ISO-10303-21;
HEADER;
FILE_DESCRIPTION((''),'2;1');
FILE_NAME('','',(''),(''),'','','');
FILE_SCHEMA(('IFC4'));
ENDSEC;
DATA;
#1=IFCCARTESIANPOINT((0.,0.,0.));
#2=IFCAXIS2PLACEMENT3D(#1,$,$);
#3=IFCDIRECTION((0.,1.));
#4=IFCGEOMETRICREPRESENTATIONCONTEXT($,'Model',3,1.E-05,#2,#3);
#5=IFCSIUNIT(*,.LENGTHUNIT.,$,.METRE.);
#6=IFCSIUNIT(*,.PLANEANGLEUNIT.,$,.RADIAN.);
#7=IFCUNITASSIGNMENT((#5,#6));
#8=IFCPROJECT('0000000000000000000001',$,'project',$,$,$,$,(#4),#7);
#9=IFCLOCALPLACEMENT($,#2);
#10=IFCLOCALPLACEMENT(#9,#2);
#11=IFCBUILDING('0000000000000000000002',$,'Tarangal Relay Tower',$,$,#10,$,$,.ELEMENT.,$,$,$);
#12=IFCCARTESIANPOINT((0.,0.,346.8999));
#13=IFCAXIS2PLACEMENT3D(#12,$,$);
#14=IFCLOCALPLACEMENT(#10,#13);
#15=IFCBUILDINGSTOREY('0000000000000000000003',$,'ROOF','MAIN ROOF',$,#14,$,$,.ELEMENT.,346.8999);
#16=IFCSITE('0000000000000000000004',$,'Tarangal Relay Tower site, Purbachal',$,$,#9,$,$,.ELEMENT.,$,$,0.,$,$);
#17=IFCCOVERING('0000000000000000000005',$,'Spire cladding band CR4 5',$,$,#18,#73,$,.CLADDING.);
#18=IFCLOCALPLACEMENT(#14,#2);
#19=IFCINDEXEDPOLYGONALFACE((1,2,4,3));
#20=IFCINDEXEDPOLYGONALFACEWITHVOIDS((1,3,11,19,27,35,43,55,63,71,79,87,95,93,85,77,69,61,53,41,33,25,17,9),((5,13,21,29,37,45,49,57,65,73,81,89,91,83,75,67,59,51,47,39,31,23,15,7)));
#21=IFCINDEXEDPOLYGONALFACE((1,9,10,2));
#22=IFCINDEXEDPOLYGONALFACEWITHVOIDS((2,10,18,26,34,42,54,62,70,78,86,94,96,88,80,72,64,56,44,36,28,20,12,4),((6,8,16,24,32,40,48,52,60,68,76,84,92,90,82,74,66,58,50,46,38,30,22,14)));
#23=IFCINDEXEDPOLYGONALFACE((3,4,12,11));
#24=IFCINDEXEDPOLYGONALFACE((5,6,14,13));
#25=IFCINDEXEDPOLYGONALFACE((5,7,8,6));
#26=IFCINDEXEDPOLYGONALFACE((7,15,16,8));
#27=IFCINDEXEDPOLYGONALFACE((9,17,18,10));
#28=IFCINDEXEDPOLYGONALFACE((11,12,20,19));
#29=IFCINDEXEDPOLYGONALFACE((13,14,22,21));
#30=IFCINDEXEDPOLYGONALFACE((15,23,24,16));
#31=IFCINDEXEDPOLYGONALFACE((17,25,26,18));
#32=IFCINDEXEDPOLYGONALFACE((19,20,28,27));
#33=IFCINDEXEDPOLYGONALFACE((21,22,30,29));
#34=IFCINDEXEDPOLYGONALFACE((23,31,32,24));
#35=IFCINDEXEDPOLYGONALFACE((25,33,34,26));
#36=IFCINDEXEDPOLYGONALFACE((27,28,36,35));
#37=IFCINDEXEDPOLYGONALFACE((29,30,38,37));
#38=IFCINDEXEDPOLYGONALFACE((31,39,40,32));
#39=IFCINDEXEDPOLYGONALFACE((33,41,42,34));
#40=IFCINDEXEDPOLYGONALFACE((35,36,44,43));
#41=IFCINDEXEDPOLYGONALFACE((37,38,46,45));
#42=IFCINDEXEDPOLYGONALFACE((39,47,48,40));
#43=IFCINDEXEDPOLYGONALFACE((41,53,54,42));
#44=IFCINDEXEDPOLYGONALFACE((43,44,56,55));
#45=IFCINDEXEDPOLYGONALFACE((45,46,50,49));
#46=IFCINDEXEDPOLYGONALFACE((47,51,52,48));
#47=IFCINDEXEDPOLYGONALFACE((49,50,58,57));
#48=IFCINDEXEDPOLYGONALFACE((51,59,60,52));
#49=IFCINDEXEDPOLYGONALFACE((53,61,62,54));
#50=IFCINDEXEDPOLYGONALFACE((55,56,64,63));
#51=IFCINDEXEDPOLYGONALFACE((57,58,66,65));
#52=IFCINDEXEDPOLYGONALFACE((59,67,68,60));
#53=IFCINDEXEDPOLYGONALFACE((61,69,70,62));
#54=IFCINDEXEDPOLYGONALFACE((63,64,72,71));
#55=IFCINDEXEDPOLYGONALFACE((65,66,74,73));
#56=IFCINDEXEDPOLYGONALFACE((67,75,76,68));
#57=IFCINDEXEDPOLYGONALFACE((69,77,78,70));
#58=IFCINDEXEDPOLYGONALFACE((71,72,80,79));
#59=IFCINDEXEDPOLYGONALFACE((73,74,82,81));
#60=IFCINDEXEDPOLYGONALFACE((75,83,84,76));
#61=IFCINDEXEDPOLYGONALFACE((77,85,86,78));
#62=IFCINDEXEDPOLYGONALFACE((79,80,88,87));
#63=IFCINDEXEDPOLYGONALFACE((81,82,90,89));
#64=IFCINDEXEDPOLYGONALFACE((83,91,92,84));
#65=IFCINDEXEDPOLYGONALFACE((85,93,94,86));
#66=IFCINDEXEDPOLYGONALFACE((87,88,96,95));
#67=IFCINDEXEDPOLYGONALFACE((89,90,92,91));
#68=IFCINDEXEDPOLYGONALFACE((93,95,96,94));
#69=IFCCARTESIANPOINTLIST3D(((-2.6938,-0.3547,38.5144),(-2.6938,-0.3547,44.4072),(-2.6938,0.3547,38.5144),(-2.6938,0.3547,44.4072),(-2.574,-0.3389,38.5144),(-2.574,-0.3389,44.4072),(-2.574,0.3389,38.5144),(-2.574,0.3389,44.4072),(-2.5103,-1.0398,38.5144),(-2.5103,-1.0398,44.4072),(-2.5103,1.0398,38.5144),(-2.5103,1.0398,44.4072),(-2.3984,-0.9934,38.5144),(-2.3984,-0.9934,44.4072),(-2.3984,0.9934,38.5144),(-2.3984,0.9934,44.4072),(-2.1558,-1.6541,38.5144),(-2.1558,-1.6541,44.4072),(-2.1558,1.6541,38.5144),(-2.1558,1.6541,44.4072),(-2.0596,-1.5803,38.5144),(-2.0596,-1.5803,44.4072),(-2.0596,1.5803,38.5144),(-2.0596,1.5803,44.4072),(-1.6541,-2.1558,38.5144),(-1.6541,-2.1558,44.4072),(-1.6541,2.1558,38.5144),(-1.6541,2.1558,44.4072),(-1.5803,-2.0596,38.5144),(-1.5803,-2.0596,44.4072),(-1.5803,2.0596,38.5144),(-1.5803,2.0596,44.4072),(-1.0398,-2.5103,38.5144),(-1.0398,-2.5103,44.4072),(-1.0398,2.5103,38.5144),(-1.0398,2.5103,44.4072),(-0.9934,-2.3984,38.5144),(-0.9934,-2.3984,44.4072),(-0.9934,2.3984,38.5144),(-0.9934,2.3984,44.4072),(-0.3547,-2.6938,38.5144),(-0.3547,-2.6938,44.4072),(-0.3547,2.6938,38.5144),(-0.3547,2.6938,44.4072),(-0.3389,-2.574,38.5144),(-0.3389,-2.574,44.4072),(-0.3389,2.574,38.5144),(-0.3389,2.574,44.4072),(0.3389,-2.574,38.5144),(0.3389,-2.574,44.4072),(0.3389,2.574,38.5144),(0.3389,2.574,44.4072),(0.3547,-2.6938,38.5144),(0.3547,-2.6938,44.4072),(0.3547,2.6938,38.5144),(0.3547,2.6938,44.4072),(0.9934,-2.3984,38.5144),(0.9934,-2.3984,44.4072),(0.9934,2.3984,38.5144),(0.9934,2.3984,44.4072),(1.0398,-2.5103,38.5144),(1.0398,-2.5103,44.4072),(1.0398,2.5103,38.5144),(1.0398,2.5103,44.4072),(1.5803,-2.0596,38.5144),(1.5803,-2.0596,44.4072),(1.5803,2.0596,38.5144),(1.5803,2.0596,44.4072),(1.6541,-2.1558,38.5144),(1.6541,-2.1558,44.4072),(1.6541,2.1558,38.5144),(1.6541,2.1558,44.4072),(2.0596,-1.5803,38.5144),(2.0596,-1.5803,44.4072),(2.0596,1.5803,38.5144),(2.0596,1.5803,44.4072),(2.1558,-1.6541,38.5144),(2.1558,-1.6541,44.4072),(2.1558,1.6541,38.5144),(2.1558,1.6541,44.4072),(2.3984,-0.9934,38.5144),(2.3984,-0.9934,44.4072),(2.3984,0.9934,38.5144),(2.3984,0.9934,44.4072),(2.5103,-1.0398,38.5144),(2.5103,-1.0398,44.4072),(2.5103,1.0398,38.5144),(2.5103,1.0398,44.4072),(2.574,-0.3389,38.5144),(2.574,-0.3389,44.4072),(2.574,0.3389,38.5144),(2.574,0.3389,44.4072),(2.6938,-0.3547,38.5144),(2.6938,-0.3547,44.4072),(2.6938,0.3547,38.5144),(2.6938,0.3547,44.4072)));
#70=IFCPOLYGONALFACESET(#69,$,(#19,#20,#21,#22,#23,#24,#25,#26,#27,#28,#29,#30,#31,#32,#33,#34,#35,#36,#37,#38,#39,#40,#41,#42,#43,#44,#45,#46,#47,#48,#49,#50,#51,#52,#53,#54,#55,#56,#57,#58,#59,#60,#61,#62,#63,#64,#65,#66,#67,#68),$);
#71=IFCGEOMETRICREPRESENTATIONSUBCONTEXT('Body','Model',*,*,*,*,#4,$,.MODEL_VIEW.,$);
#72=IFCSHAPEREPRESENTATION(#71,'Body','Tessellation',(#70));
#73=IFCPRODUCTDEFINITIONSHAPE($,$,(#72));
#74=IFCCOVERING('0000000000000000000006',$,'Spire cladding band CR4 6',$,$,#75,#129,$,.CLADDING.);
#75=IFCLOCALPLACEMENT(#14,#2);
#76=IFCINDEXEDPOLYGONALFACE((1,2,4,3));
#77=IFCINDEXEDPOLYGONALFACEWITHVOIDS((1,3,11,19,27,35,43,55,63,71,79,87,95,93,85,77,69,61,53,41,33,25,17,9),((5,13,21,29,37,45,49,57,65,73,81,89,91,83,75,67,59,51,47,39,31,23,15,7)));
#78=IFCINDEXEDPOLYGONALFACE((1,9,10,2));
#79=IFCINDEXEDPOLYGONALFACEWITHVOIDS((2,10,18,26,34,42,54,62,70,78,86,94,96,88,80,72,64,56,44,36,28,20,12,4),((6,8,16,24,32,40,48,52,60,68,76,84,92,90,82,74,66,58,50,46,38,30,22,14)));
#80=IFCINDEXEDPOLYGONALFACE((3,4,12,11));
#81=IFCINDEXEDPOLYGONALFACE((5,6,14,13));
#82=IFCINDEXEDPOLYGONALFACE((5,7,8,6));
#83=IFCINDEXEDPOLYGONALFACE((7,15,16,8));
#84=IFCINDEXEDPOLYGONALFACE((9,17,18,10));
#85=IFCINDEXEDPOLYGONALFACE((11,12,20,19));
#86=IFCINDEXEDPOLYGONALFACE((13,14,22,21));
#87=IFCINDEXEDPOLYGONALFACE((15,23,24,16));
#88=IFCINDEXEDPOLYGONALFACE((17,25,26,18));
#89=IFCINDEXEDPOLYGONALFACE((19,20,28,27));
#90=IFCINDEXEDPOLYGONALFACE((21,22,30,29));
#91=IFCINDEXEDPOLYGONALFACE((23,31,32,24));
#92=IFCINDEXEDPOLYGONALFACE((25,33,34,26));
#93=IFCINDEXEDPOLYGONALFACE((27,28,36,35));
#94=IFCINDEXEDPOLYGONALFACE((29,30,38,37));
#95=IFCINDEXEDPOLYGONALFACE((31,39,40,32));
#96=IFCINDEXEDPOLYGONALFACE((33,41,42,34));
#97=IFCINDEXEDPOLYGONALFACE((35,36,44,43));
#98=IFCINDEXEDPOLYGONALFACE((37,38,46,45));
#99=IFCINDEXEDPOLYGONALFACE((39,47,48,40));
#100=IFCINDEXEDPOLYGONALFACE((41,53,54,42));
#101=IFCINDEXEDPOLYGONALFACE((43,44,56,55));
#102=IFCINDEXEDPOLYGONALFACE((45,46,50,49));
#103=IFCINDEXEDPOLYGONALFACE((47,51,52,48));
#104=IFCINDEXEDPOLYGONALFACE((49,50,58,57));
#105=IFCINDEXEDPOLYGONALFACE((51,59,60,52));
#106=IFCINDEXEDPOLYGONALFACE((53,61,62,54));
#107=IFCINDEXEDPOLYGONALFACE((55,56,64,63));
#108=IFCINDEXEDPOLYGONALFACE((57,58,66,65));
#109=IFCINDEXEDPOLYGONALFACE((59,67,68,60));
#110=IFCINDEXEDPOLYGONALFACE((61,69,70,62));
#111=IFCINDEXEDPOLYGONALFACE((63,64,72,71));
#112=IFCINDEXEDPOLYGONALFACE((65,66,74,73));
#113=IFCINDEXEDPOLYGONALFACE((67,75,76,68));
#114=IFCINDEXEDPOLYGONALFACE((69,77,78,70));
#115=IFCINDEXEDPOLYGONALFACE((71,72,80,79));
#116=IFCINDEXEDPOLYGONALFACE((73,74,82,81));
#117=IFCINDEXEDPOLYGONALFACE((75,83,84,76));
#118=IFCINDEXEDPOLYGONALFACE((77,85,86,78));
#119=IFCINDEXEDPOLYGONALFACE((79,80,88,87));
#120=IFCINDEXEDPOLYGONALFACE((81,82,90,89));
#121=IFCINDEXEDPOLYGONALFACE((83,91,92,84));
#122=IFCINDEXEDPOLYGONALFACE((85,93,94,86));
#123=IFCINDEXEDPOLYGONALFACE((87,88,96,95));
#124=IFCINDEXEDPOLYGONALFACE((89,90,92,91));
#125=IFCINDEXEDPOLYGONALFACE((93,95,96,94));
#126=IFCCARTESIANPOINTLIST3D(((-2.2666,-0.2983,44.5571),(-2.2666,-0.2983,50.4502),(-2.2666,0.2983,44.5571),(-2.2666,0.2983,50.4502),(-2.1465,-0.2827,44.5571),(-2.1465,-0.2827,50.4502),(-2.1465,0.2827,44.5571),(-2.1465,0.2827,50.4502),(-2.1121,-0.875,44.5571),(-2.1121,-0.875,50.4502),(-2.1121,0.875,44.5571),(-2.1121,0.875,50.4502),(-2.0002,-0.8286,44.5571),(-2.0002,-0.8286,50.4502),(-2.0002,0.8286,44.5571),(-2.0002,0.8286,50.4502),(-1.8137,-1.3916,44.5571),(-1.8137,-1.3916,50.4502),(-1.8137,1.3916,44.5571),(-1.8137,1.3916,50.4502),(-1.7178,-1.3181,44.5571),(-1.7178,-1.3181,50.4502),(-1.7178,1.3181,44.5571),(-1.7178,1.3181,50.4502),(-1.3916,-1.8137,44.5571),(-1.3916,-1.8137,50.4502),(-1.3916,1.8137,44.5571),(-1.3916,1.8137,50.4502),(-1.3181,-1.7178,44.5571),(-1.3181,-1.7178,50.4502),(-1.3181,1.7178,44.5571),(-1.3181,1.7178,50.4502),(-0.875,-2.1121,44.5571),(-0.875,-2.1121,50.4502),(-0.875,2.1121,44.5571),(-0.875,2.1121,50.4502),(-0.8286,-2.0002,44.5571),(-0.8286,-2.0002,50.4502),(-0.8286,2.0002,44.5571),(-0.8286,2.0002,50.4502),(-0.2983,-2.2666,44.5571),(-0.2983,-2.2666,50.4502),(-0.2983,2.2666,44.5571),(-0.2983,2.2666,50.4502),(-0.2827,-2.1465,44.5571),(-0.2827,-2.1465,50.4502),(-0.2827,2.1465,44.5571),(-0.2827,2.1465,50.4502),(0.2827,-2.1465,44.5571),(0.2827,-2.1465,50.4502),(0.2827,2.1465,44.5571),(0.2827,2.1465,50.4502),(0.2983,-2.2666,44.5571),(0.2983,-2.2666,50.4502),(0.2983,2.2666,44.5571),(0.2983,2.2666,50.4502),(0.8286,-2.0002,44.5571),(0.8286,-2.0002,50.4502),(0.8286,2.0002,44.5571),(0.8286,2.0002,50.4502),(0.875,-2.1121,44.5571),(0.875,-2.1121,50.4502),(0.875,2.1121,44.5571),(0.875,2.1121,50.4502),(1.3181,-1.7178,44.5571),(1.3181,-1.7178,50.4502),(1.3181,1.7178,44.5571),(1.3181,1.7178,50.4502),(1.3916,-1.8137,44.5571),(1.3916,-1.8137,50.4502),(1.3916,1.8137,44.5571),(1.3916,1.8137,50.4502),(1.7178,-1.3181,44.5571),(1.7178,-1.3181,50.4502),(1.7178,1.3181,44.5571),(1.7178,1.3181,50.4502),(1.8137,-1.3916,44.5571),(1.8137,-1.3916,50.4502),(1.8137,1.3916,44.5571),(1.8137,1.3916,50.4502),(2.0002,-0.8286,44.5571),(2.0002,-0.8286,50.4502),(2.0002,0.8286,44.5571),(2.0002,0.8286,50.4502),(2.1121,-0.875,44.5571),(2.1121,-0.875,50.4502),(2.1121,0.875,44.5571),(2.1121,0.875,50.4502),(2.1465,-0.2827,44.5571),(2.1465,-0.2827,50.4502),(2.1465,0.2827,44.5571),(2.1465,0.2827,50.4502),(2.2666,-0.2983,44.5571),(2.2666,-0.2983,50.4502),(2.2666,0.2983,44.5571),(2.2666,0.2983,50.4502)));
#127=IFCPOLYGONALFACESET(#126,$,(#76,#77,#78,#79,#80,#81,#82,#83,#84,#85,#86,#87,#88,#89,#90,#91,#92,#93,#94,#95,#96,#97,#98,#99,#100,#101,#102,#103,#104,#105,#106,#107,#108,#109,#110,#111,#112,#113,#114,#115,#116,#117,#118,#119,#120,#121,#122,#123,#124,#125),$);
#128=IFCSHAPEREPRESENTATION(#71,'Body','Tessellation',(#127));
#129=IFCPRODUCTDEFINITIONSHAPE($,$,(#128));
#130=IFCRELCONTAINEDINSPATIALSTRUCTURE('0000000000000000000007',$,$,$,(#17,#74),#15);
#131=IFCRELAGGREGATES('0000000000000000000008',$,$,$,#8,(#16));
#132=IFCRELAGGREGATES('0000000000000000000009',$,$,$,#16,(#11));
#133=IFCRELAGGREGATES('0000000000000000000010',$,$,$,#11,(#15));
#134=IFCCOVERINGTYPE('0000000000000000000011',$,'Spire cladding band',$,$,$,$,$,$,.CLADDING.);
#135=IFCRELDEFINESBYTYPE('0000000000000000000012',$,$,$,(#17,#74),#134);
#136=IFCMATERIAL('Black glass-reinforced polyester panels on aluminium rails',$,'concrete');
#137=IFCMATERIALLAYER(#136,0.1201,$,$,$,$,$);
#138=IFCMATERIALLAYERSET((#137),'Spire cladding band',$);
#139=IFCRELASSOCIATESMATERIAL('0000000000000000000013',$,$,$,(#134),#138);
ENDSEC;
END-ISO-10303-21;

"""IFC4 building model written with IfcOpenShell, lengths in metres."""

from ifc_helpers import new_model, si_unit, direction, frame, origin, place, context, subcontext, project, spatial, polyline, outline, extrude, material, layer, layer_set, type_object, element, save


model = new_model("IFC4")

# Units and contexts
model_context = context("Model", 3, precision=1e-05, world=origin(), true_north=direction((0.0, 1.0)))
body_context = subcontext(model_context, "Body", "Model", "MODEL_VIEW")
ifc_project = project(units=[si_unit("LENGTHUNIT", "METRE"), si_unit("PLANEANGLEUNIT", "RADIAN")], contexts=[model_context])

# Site, building, storey
site_placement = place(None, origin())
site = spatial("IfcSite", under=ifc_project, at=site_placement, Name="Tarangal Relay Tower site, Purbachal", CompositionType="ELEMENT", RefElevation=0.0)
building_placement = place(site_placement, origin())
building = spatial("IfcBuilding", under=site, at=building_placement, Name="Tarangal Relay Tower", CompositionType="ELEMENT")
storey_placement = place(building_placement, frame((0.0, 0.0, 346.8999)))
storey = spatial("IfcBuildingStorey", under=building, at=storey_placement, Name="ROOF", Description="MAIN ROOF", CompositionType="ELEMENT", Elevation=346.8999)

# Coverings
ifc_material_1 = material(Name="Black glass-reinforced polyester panels on aluminium rails", Category="concrete")
ifc_layer_1 = layer(ifc_material_1, 0.1201)
ifc_layer_set_1 = layer_set([ifc_layer_1], Name="Spire cladding band")
covering_type_1 = type_object("IfcCoveringType", Name="Spire cladding band", PredefinedType="CLADDING", material=ifc_layer_set_1)
covering_1_placement = place(storey_placement, frame((0.0, 0.0, 38.5144)))
element("IfcCovering", 1, at=covering_1_placement, inside=storey, type_object=covering_type_1, Name="Spire cladding band CR4 5", PredefinedType="CLADDING", context=body_context, shape_type="SweptSolid", body=[
    extrude(outline(polyline([(2.6938, 0.3547), (2.5103, 1.0398), (2.1558, 1.6541), (1.6541, 2.1558), (1.0398, 2.5103), (0.3547, 2.6938), (-0.3547, 2.6938), (-1.0398, 2.5103), (-1.6541, 2.1558), (-2.1558, 1.6541), (-2.5103, 1.0398), (-2.6938, 0.3547), (-2.6938, -0.3547), (-2.5103, -1.0398), (-2.1558, -1.6541), (-1.6541, -2.1558), (-1.0398, -2.5103), (-0.3547, -2.6938), (0.3547, -2.6938), (1.0398, -2.5103), (1.6541, -2.1558), (2.1558, -1.6541), (2.5103, -1.0398), (2.6938, -0.3547), (2.6938, 0.3547)]), holes=[polyline([(2.574, 0.3389), (2.3984, 0.9934), (2.0596, 1.5803), (1.5803, 2.0596), (0.9934, 2.3984), (0.3389, 2.574), (-0.3389, 2.574), (-0.9934, 2.3984), (-1.5803, 2.0596), (-2.0596, 1.5803), (-2.3984, 0.9934), (-2.574, 0.3389), (-2.574, -0.3389), (-2.3984, -0.9934), (-2.0596, -1.5803), (-1.5803, -2.0596), (-0.9934, -2.3984), (-0.3389, -2.574), (0.3389, -2.574), (0.9934, -2.3984), (1.5803, -2.0596), (2.0596, -1.5803), (2.3984, -0.9934), (2.574, -0.3389), (2.574, 0.3389)])]), origin(), (0.0, 0.0, 1.0), 5.8928),
])
covering_2_placement = place(storey_placement, frame((0.0, 0.0, 44.5571)))
element("IfcCovering", 2, at=covering_2_placement, inside=storey, type_object=covering_type_1, Name="Spire cladding band CR4 6", PredefinedType="CLADDING", context=body_context, shape_type="SweptSolid", body=[
    extrude(outline(polyline([(2.2666, 0.2983), (2.1121, 0.875), (1.8137, 1.3916), (1.3916, 1.8137), (0.875, 2.1121), (0.2983, 2.2666), (-0.2983, 2.2666), (-0.875, 2.1121), (-1.3916, 1.8137), (-1.8137, 1.3916), (-2.1121, 0.875), (-2.2666, 0.2983), (-2.2666, -0.2983), (-2.1121, -0.875), (-1.8137, -1.3916), (-1.3916, -1.8137), (-0.875, -2.1121), (-0.2983, -2.2666), (0.2983, -2.2666), (0.875, -2.1121), (1.3916, -1.8137), (1.8137, -1.3916), (2.1121, -0.875), (2.2666, -0.2983), (2.2666, 0.2983)]), holes=[polyline([(2.1465, 0.2827), (2.0002, 0.8286), (1.7178, 1.3181), (1.3181, 1.7178), (0.8286, 2.0002), (0.2827, 2.1465), (-0.2827, 2.1465), (-0.8286, 2.0002), (-1.3181, 1.7178), (-1.7178, 1.3181), (-2.0002, 0.8286), (-2.1465, 0.2827), (-2.1465, -0.2827), (-2.0002, -0.8286), (-1.7178, -1.3181), (-1.3181, -1.7178), (-0.8286, -2.0002), (-0.2827, -2.1465), (0.2827, -2.1465), (0.8286, -2.0002), (1.3181, -1.7178), (1.7178, -1.3181), (2.0002, -0.8286), (2.1465, -0.2827), (2.1465, 0.2827)])]), origin(), (0.0, 0.0, 1.0), 5.8931),
])

save(model, "model.ifc")
